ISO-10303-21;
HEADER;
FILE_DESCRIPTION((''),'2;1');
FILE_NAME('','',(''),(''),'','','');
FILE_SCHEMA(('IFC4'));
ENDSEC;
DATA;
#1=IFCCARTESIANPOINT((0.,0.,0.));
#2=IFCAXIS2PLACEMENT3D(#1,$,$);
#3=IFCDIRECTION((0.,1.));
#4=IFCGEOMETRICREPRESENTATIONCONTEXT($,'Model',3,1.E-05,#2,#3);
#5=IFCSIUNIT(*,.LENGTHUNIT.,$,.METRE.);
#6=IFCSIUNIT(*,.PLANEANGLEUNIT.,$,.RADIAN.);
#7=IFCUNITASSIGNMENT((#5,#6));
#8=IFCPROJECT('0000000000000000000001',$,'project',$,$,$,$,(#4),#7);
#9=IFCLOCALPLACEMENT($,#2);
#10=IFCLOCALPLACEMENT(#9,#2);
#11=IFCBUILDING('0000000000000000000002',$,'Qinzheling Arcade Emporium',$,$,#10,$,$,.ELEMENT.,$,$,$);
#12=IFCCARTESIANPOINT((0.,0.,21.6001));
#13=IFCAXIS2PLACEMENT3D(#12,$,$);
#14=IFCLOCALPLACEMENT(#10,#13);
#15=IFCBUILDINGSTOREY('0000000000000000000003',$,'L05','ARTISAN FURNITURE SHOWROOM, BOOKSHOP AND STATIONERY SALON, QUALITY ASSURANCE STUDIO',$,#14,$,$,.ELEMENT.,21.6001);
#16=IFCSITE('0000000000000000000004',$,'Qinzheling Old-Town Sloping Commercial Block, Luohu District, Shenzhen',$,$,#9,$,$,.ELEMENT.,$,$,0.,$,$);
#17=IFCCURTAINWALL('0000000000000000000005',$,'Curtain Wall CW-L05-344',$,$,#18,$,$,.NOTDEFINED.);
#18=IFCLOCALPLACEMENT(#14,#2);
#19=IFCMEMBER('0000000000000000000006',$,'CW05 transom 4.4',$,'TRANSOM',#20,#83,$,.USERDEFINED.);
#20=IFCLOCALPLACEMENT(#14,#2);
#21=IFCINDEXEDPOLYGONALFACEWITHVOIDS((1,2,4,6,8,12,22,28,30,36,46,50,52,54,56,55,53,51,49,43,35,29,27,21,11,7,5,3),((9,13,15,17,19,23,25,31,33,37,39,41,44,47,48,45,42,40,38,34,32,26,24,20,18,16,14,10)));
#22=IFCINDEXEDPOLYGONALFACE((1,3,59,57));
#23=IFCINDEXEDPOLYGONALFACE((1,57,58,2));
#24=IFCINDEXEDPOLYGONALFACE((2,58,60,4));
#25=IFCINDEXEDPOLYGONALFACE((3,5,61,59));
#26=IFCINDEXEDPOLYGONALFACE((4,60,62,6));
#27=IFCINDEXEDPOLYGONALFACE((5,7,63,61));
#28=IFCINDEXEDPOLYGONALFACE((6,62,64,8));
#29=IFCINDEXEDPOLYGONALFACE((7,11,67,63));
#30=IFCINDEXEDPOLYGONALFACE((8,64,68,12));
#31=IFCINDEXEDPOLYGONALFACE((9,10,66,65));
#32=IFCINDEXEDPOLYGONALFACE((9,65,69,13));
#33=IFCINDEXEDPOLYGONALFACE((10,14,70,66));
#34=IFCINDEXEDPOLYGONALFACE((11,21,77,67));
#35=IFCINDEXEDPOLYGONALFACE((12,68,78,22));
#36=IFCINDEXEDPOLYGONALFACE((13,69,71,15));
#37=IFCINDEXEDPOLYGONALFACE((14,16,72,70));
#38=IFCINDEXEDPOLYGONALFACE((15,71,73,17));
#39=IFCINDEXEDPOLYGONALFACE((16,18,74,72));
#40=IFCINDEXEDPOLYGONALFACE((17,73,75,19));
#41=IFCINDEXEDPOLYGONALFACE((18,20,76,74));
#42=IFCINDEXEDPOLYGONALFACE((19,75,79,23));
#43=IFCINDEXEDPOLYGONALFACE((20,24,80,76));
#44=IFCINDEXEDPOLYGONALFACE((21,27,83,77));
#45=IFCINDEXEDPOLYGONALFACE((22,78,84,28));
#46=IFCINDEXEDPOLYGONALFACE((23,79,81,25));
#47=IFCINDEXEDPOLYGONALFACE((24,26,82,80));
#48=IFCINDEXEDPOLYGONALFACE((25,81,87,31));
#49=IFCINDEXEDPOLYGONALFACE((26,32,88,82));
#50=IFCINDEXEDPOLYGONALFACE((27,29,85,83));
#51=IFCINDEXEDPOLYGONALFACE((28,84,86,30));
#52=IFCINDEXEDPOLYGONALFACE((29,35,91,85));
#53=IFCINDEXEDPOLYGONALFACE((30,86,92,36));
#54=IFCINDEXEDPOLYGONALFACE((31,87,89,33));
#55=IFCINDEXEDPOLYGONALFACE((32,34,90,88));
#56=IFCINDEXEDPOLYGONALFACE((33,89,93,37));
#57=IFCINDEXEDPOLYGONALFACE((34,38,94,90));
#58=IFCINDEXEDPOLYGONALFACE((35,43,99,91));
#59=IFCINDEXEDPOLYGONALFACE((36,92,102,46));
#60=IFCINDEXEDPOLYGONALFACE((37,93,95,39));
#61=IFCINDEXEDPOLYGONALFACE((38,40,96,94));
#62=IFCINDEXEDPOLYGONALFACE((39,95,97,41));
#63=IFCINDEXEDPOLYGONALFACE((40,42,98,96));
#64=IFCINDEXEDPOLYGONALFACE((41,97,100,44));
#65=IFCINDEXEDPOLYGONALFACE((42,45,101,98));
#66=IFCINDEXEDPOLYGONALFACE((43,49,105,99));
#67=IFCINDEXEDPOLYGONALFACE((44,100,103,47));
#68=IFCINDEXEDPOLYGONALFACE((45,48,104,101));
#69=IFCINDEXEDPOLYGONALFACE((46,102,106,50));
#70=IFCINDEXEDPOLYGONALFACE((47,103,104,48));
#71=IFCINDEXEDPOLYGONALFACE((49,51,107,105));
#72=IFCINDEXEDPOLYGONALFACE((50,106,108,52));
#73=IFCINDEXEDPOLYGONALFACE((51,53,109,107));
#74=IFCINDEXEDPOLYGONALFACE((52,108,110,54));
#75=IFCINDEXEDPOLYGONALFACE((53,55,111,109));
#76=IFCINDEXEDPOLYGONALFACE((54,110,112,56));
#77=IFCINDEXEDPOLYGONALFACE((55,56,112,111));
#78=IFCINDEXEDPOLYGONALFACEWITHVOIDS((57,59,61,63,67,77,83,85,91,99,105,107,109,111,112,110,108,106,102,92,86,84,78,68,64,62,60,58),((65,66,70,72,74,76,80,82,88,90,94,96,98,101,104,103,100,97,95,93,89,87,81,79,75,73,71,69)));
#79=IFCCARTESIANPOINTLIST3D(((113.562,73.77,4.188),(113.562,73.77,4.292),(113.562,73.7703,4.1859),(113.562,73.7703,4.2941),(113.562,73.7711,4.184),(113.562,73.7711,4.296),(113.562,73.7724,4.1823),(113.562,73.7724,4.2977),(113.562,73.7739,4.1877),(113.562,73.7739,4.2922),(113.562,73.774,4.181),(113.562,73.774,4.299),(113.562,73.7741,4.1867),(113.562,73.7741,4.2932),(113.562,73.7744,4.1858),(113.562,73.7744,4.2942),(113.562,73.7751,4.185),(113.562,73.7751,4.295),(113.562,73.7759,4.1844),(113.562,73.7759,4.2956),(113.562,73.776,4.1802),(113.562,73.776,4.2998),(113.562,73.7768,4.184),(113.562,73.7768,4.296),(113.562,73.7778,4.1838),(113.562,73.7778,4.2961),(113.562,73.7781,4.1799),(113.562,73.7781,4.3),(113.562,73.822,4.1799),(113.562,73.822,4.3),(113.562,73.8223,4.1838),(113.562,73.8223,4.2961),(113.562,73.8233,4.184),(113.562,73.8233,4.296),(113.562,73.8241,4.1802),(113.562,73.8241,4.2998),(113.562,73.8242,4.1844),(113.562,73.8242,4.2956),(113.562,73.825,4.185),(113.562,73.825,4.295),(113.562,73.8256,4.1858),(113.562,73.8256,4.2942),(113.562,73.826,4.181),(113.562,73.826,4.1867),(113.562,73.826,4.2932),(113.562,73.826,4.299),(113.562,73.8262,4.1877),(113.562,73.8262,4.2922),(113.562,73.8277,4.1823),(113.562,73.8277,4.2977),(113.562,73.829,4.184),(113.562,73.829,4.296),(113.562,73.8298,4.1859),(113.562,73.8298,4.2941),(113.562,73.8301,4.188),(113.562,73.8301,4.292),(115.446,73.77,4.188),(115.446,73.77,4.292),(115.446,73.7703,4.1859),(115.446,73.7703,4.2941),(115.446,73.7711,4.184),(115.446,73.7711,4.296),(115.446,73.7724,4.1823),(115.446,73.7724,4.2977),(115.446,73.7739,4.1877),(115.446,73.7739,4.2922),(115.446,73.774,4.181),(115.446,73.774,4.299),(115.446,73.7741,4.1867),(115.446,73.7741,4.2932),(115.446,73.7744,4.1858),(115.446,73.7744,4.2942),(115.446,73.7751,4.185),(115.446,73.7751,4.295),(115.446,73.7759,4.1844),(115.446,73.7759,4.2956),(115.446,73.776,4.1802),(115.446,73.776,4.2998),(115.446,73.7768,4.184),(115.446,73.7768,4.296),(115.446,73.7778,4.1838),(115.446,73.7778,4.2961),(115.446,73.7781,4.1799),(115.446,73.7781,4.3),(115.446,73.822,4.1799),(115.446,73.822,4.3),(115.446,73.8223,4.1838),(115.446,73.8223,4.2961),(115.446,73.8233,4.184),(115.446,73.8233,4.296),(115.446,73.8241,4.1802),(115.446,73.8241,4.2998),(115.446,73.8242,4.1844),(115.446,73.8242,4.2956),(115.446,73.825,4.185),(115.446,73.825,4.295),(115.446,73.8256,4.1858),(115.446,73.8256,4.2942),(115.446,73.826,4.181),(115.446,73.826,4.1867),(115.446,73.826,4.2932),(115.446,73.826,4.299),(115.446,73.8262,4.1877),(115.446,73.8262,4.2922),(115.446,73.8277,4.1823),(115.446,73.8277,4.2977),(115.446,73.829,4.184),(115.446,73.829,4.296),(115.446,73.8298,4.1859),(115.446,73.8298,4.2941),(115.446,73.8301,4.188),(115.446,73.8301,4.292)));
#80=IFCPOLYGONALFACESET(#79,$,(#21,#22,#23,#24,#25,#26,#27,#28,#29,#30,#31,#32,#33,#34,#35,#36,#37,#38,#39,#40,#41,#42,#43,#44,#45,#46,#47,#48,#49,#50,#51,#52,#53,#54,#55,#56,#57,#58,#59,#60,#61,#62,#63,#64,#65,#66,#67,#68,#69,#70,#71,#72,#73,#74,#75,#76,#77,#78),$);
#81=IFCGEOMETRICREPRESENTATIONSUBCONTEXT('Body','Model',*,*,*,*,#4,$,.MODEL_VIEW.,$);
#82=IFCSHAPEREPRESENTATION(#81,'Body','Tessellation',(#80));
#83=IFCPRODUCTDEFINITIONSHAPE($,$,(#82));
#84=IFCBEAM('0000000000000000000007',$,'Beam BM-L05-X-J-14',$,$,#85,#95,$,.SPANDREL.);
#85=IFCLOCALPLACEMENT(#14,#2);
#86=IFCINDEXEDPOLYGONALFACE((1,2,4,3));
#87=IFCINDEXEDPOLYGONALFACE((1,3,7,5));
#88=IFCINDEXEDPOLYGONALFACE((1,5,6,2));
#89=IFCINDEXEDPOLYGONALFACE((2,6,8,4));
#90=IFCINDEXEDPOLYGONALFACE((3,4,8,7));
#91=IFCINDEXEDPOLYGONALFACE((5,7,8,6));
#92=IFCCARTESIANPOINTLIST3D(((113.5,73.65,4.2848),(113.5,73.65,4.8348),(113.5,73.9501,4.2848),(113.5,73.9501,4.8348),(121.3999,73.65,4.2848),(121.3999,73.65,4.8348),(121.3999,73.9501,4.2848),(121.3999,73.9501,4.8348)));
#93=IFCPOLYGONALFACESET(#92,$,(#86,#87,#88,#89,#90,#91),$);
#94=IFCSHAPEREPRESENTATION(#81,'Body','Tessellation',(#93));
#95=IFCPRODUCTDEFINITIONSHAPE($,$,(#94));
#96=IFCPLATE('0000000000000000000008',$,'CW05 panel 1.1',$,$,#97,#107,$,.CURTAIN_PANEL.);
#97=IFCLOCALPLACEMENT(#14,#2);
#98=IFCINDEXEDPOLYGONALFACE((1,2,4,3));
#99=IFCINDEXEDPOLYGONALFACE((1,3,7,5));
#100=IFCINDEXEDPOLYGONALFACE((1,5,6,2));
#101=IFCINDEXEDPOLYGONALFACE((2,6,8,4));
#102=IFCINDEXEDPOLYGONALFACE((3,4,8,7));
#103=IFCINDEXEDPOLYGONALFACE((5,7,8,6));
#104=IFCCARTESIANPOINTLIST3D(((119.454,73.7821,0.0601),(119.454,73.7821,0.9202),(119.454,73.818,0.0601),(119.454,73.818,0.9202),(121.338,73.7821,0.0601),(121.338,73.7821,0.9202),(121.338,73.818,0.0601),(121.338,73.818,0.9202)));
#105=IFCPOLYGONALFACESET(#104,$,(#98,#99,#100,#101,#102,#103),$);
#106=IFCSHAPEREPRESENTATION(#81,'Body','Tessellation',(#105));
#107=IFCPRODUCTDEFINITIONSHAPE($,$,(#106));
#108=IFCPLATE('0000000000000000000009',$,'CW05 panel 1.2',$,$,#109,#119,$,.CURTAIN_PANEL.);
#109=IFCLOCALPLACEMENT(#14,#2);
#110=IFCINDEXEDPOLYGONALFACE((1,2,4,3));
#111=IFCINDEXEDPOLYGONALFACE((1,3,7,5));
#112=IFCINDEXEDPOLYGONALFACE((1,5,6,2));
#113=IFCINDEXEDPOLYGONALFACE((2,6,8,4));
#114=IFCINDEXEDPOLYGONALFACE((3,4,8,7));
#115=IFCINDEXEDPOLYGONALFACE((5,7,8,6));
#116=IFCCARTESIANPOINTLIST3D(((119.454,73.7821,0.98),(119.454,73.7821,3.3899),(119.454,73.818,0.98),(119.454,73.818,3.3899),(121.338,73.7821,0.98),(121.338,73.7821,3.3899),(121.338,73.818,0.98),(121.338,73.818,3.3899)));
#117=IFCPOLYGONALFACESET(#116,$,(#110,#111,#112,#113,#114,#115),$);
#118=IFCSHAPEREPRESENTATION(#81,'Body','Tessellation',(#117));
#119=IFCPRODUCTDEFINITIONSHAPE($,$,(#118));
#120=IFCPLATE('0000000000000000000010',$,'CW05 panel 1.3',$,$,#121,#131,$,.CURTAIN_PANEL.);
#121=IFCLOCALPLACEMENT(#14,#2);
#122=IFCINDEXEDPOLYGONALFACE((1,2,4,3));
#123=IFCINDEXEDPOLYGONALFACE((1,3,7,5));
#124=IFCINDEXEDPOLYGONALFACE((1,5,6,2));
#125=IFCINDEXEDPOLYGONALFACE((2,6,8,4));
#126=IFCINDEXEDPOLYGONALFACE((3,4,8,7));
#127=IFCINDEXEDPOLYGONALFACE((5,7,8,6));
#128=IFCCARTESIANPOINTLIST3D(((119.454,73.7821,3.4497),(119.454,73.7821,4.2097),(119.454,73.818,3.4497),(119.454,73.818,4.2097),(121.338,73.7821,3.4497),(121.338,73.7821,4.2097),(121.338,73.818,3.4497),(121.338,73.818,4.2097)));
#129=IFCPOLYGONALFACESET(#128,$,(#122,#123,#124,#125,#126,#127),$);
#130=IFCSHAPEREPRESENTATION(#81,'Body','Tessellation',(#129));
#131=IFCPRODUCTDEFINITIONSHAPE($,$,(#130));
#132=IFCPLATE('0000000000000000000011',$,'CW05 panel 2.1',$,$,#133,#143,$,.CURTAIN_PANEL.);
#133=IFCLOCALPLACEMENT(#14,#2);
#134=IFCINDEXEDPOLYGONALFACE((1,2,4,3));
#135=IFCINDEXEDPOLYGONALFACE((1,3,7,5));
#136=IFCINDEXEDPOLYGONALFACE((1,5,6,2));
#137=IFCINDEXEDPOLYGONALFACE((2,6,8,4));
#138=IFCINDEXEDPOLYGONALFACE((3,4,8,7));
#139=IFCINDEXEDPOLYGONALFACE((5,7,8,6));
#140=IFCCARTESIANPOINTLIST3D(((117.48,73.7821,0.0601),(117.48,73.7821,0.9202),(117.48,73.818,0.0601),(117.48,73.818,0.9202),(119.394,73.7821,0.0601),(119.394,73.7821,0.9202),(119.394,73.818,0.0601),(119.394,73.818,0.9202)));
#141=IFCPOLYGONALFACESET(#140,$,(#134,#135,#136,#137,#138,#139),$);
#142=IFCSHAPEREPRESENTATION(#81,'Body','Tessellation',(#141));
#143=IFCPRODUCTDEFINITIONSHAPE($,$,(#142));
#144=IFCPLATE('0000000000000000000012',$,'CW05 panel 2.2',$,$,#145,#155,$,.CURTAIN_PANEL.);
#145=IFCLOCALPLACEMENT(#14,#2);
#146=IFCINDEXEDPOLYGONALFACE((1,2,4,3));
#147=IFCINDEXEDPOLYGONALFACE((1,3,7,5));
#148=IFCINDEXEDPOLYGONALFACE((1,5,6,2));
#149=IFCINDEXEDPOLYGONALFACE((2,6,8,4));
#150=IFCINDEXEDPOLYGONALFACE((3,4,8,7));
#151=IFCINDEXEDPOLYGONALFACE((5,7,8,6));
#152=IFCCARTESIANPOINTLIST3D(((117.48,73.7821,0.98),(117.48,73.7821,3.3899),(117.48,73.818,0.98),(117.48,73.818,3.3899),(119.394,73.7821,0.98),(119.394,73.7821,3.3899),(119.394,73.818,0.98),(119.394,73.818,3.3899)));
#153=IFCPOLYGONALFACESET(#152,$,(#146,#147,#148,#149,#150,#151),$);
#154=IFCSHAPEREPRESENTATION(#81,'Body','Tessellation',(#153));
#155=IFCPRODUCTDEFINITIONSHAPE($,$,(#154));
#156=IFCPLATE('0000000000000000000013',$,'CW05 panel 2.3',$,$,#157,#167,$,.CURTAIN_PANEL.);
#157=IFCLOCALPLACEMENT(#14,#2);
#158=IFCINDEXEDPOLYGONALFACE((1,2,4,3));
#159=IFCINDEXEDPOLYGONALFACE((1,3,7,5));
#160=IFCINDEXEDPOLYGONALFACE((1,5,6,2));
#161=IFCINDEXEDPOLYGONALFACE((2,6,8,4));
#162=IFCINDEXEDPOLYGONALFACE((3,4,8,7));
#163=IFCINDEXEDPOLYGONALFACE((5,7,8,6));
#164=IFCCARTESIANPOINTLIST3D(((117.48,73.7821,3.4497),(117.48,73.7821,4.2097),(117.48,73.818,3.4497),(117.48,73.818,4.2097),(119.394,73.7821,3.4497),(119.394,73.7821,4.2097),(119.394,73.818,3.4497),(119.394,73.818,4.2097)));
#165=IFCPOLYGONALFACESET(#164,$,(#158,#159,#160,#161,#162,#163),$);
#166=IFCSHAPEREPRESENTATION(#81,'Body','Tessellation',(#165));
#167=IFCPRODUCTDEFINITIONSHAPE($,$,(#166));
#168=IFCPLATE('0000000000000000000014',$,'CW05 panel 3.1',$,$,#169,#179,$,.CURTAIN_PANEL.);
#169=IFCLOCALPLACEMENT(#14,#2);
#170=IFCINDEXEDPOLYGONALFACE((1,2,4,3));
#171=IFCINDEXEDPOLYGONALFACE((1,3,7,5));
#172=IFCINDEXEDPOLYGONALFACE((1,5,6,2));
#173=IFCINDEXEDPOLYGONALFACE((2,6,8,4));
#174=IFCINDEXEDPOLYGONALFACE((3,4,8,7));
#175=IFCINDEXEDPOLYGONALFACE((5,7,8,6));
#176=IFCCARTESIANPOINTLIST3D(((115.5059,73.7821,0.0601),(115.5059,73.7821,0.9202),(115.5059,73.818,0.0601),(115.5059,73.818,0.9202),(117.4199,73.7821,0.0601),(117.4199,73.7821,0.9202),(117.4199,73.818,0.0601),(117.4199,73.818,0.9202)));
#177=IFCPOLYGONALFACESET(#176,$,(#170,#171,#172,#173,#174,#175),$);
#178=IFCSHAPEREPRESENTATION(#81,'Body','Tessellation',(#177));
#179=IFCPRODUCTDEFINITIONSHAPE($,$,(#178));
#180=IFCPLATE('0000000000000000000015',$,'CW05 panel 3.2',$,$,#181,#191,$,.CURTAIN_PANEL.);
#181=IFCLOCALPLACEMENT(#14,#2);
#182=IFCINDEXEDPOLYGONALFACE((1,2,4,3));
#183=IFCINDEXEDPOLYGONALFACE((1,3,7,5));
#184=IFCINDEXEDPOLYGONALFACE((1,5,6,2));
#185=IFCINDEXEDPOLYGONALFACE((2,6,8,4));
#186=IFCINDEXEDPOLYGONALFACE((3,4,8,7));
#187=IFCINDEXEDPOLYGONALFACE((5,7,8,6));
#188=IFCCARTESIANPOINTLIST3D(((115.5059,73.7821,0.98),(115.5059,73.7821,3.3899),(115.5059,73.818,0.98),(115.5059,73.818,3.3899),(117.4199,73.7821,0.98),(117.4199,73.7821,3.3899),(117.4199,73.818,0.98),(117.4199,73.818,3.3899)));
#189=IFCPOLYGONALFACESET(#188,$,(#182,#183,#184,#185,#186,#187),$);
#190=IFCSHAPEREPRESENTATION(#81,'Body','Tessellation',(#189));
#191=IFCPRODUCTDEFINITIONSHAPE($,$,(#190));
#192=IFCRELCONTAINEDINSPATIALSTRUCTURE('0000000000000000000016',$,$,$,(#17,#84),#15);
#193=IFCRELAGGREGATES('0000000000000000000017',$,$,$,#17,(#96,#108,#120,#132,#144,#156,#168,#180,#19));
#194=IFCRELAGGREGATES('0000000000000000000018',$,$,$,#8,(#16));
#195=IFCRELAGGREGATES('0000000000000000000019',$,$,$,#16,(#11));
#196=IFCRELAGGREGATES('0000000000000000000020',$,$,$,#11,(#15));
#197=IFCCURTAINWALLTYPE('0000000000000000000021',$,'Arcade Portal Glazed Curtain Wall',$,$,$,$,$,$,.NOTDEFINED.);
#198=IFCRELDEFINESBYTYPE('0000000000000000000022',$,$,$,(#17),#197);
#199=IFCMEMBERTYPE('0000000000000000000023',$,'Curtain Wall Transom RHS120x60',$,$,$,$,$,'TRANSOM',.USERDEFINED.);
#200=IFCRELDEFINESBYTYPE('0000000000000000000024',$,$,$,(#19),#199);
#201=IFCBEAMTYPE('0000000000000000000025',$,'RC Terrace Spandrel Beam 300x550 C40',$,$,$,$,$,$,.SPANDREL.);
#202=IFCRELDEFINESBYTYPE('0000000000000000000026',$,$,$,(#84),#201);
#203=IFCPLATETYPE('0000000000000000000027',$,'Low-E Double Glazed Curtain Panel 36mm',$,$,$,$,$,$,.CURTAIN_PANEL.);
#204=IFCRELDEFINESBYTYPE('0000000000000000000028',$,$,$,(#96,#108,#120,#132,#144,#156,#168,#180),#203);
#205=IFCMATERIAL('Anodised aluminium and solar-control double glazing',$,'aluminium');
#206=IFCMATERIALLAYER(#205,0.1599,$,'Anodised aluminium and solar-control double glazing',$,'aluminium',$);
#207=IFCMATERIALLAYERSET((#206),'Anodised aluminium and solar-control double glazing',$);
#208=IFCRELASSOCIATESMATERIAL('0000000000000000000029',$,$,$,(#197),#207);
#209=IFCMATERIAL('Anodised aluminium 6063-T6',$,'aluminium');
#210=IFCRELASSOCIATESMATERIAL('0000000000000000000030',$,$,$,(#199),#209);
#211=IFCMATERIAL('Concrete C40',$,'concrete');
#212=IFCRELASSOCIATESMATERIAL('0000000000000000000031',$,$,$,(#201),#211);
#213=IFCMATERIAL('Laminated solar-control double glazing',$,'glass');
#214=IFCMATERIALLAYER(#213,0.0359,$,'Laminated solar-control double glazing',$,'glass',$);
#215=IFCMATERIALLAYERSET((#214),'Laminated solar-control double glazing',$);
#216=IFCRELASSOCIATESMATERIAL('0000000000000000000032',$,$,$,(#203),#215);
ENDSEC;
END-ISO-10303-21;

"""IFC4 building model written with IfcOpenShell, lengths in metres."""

from ifc_helpers import new_model, si_unit, direction, frame, origin, origin_2d, place, context, subcontext, project, spatial, rectangle, hollow_rectangle, extrude, material, layer, layer_set, material_profile, profile_set, type_object, element, aggregate, save


model = new_model("IFC4")

# Units and contexts
model_context = context("Model", 3, precision=1e-05, world=origin(), true_north=direction((0.0, 1.0)))
body_context = subcontext(model_context, "Body", "Model", "MODEL_VIEW")
ifc_project = project(units=[si_unit("LENGTHUNIT", "METRE"), si_unit("PLANEANGLEUNIT", "RADIAN")], contexts=[model_context])

# Site, building, storey
site_placement = place(None, origin())
site = spatial("IfcSite", under=ifc_project, at=site_placement, Name="Qinzheling Old-Town Sloping Commercial Block, Luohu District, Shenzhen", CompositionType="ELEMENT", RefElevation=0.0)
building_placement = place(site_placement, origin())
building = spatial("IfcBuilding", under=site, at=building_placement, Name="Qinzheling Arcade Emporium", CompositionType="ELEMENT")
storey_placement = place(building_placement, frame((0.0, 0.0, 21.6001)))
storey = spatial("IfcBuildingStorey", under=building, at=storey_placement, Name="L05", Description="ARTISAN FURNITURE SHOWROOM, BOOKSHOP AND STATIONERY SALON, QUALITY ASSURANCE STUDIO", CompositionType="ELEMENT", Elevation=21.6001)

# Curtain wall, member
ifc_material_1 = material(Name="Anodised aluminium and solar-control double glazing", Category="aluminium")
ifc_layer_1 = layer(ifc_material_1, 0.1599, Name="Anodised aluminium and solar-control double glazing", Category="aluminium")
ifc_layer_set_1 = layer_set([ifc_layer_1], Name="Anodised aluminium and solar-control double glazing")
curtain_wall_type = type_object("IfcCurtainWallType", Name="Arcade Portal Glazed Curtain Wall", PredefinedType="NOTDEFINED", material=ifc_layer_set_1)
curtain_wall_placement = place(storey_placement, origin())
curtain_wall = element("IfcCurtainWall", 1, at=curtain_wall_placement, inside=storey, type_object=curtain_wall_type, Name="Curtain Wall CW-L05-344", PredefinedType="NOTDEFINED")
ifc_material_2 = material(Name="Anodised aluminium 6063-T6", Category="aluminium")
ifc_material_profile_1 = material_profile(ifc_material_2, hollow_rectangle(XDim=0.0601, YDim=0.1201, WallThickness=0.0039, InnerFilletRadius=0.0039, OuterFilletRadius=0.0081, at=origin_2d()), Name="RHS 120x60x4", Category="aluminium")
ifc_profile_set_1 = profile_set([ifc_material_profile_1], Name="Anodised aluminium 6063-T6")
member_type_1 = type_object("IfcMemberType", Name="Curtain Wall Transom RHS120x60", ElementType="TRANSOM", PredefinedType="USERDEFINED", material=ifc_profile_set_1)
member_1_placement = place(storey_placement, frame((115.446, 73.8, 4.24), z_axis=(-1.0, 0.0, 0.0), x_axis=(0.0, -1.0, 0.0)))
member_1 = element("IfcMember", 2, at=member_1_placement, type_object=member_type_1, Name="CW05 transom 4.4", ObjectType="TRANSOM", PredefinedType="USERDEFINED", context=body_context, shape_type="SweptSolid", body=[
    extrude(hollow_rectangle(XDim=0.0601, YDim=0.1201, WallThickness=0.0039, InnerFilletRadius=0.0039, OuterFilletRadius=0.0081, at=origin_2d()), origin(), (0.0, 0.0, 1.0), 1.884),
])

# Beam
ifc_material_3 = material(Name="Concrete C40", Category="concrete")
ifc_material_profile_2 = material_profile(ifc_material_3, rectangle(XDim=0.3, YDim=0.55, at=origin_2d()), Name="RC 300x550", Category="concrete")
ifc_profile_set_2 = profile_set([ifc_material_profile_2], Name="Concrete C40")
beam_type = type_object("IfcBeamType", Name="RC Terrace Spandrel Beam 300x550 C40", PredefinedType="SPANDREL", material=ifc_profile_set_2)
beam_placement = place(storey_placement, frame((113.5, 73.8, 4.5598), z_axis=(1.0, 0.0, 0.0), x_axis=(0.0, 1.0, 0.0)))
element("IfcBeam", 3, at=beam_placement, inside=storey, type_object=beam_type, Name="Beam BM-L05-X-J-14", PredefinedType="SPANDREL", context=body_context, shape_type="SweptSolid", body=[
    extrude(rectangle(XDim=0.3, YDim=0.55, at=origin_2d()), origin(), (0.0, 0.0, 1.0), 7.8999),
])

# Plates
ifc_material_4 = material(Name="Laminated solar-control double glazing", Category="glass")
ifc_layer_2 = layer(ifc_material_4, 0.0359, Name="Laminated solar-control double glazing", Category="glass")
ifc_layer_set_2 = layer_set([ifc_layer_2], Name="Laminated solar-control double glazing")
plate_type = type_object("IfcPlateType", Name="Low-E Double Glazed Curtain Panel 36mm", PredefinedType="CURTAIN_PANEL", material=ifc_layer_set_2)
plate_1_placement = place(storey_placement, frame((120.396, 73.8, 0.0601), z_axis=(0.0, 0.0, 1.0), x_axis=(-1.0, 0.0, 0.0)))
plate_1 = element("IfcPlate", 4, at=plate_1_placement, type_object=plate_type, Name="CW05 panel 1.1", PredefinedType="CURTAIN_PANEL", context=body_context, shape_type="SweptSolid", body=[
    extrude(rectangle(XDim=1.884, YDim=0.0359, at=origin_2d()), origin(), (0.0, 0.0, 1.0), 0.8601),
])
plate_2_placement = place(storey_placement, frame((120.396, 73.8, 0.98), z_axis=(0.0, 0.0, 1.0), x_axis=(-1.0, 0.0, 0.0)))
plate_2 = element("IfcPlate", 5, at=plate_2_placement, type_object=plate_type, Name="CW05 panel 1.2", PredefinedType="CURTAIN_PANEL", context=body_context, shape_type="SweptSolid", body=[
    extrude(rectangle(XDim=1.884, YDim=0.0359, at=origin_2d()), origin(), (0.0, 0.0, 1.0), 2.4099),
])
plate_3_placement = place(storey_placement, frame((120.396, 73.8, 3.4497), z_axis=(0.0, 0.0, 1.0), x_axis=(-1.0, 0.0, 0.0)))
plate_3 = element("IfcPlate", 6, at=plate_3_placement, type_object=plate_type, Name="CW05 panel 1.3", PredefinedType="CURTAIN_PANEL", context=body_context, shape_type="SweptSolid", body=[
    extrude(rectangle(XDim=1.884, YDim=0.0359, at=origin_2d()), origin(), (0.0, 0.0, 1.0), 0.76),
])
plate_4_placement = place(storey_placement, frame((118.437, 73.8, 0.0601), z_axis=(0.0, 0.0, 1.0), x_axis=(-1.0, 0.0, 0.0)))
plate_4 = element("IfcPlate", 7, at=plate_4_placement, type_object=plate_type, Name="CW05 panel 2.1", PredefinedType="CURTAIN_PANEL", context=body_context, shape_type="SweptSolid", body=[
    extrude(rectangle(XDim=1.9141, YDim=0.0359, at=origin_2d()), origin(), (0.0, 0.0, 1.0), 0.8601),
])
plate_5_placement = place(storey_placement, frame((118.437, 73.8, 0.98), z_axis=(0.0, 0.0, 1.0), x_axis=(-1.0, 0.0, 0.0)))
plate_5 = element("IfcPlate", 8, at=plate_5_placement, type_object=plate_type, Name="CW05 panel 2.2", PredefinedType="CURTAIN_PANEL", context=body_context, shape_type="SweptSolid", body=[
    extrude(rectangle(XDim=1.9141, YDim=0.0359, at=origin_2d()), origin(), (0.0, 0.0, 1.0), 2.4099),
])
plate_6_placement = place(storey_placement, frame((118.437, 73.8, 3.4497), z_axis=(0.0, 0.0, 1.0), x_axis=(-1.0, 0.0, 0.0)))
plate_6 = element("IfcPlate", 9, at=plate_6_placement, type_object=plate_type, Name="CW05 panel 2.3", PredefinedType="CURTAIN_PANEL", context=body_context, shape_type="SweptSolid", body=[
    extrude(rectangle(XDim=1.9141, YDim=0.0359, at=origin_2d()), origin(), (0.0, 0.0, 1.0), 0.76),
])
plate_7_placement = place(storey_placement, frame((116.4629, 73.8, 0.0601), z_axis=(0.0, 0.0, 1.0), x_axis=(-1.0, 0.0, 0.0)))
plate_7 = element("IfcPlate", 10, at=plate_7_placement, type_object=plate_type, Name="CW05 panel 3.1", PredefinedType="CURTAIN_PANEL", context=body_context, shape_type="SweptSolid", body=[
    extrude(rectangle(XDim=1.9141, YDim=0.0359, at=origin_2d()), origin(), (0.0, 0.0, 1.0), 0.8601),
])
plate_8_placement = place(storey_placement, frame((116.4629, 73.8, 0.98), z_axis=(0.0, 0.0, 1.0), x_axis=(-1.0, 0.0, 0.0)))
plate_8 = element("IfcPlate", 11, at=plate_8_placement, type_object=plate_type, Name="CW05 panel 3.2", PredefinedType="CURTAIN_PANEL", context=body_context, shape_type="SweptSolid", body=[
    extrude(rectangle(XDim=1.9141, YDim=0.0359, at=origin_2d()), origin(), (0.0, 0.0, 1.0), 2.4099),
])
aggregate(curtain_wall, [plate_1, plate_2, plate_3, plate_4, plate_5, plate_6, plate_7, plate_8, member_1])

save(model, "model.ifc")
